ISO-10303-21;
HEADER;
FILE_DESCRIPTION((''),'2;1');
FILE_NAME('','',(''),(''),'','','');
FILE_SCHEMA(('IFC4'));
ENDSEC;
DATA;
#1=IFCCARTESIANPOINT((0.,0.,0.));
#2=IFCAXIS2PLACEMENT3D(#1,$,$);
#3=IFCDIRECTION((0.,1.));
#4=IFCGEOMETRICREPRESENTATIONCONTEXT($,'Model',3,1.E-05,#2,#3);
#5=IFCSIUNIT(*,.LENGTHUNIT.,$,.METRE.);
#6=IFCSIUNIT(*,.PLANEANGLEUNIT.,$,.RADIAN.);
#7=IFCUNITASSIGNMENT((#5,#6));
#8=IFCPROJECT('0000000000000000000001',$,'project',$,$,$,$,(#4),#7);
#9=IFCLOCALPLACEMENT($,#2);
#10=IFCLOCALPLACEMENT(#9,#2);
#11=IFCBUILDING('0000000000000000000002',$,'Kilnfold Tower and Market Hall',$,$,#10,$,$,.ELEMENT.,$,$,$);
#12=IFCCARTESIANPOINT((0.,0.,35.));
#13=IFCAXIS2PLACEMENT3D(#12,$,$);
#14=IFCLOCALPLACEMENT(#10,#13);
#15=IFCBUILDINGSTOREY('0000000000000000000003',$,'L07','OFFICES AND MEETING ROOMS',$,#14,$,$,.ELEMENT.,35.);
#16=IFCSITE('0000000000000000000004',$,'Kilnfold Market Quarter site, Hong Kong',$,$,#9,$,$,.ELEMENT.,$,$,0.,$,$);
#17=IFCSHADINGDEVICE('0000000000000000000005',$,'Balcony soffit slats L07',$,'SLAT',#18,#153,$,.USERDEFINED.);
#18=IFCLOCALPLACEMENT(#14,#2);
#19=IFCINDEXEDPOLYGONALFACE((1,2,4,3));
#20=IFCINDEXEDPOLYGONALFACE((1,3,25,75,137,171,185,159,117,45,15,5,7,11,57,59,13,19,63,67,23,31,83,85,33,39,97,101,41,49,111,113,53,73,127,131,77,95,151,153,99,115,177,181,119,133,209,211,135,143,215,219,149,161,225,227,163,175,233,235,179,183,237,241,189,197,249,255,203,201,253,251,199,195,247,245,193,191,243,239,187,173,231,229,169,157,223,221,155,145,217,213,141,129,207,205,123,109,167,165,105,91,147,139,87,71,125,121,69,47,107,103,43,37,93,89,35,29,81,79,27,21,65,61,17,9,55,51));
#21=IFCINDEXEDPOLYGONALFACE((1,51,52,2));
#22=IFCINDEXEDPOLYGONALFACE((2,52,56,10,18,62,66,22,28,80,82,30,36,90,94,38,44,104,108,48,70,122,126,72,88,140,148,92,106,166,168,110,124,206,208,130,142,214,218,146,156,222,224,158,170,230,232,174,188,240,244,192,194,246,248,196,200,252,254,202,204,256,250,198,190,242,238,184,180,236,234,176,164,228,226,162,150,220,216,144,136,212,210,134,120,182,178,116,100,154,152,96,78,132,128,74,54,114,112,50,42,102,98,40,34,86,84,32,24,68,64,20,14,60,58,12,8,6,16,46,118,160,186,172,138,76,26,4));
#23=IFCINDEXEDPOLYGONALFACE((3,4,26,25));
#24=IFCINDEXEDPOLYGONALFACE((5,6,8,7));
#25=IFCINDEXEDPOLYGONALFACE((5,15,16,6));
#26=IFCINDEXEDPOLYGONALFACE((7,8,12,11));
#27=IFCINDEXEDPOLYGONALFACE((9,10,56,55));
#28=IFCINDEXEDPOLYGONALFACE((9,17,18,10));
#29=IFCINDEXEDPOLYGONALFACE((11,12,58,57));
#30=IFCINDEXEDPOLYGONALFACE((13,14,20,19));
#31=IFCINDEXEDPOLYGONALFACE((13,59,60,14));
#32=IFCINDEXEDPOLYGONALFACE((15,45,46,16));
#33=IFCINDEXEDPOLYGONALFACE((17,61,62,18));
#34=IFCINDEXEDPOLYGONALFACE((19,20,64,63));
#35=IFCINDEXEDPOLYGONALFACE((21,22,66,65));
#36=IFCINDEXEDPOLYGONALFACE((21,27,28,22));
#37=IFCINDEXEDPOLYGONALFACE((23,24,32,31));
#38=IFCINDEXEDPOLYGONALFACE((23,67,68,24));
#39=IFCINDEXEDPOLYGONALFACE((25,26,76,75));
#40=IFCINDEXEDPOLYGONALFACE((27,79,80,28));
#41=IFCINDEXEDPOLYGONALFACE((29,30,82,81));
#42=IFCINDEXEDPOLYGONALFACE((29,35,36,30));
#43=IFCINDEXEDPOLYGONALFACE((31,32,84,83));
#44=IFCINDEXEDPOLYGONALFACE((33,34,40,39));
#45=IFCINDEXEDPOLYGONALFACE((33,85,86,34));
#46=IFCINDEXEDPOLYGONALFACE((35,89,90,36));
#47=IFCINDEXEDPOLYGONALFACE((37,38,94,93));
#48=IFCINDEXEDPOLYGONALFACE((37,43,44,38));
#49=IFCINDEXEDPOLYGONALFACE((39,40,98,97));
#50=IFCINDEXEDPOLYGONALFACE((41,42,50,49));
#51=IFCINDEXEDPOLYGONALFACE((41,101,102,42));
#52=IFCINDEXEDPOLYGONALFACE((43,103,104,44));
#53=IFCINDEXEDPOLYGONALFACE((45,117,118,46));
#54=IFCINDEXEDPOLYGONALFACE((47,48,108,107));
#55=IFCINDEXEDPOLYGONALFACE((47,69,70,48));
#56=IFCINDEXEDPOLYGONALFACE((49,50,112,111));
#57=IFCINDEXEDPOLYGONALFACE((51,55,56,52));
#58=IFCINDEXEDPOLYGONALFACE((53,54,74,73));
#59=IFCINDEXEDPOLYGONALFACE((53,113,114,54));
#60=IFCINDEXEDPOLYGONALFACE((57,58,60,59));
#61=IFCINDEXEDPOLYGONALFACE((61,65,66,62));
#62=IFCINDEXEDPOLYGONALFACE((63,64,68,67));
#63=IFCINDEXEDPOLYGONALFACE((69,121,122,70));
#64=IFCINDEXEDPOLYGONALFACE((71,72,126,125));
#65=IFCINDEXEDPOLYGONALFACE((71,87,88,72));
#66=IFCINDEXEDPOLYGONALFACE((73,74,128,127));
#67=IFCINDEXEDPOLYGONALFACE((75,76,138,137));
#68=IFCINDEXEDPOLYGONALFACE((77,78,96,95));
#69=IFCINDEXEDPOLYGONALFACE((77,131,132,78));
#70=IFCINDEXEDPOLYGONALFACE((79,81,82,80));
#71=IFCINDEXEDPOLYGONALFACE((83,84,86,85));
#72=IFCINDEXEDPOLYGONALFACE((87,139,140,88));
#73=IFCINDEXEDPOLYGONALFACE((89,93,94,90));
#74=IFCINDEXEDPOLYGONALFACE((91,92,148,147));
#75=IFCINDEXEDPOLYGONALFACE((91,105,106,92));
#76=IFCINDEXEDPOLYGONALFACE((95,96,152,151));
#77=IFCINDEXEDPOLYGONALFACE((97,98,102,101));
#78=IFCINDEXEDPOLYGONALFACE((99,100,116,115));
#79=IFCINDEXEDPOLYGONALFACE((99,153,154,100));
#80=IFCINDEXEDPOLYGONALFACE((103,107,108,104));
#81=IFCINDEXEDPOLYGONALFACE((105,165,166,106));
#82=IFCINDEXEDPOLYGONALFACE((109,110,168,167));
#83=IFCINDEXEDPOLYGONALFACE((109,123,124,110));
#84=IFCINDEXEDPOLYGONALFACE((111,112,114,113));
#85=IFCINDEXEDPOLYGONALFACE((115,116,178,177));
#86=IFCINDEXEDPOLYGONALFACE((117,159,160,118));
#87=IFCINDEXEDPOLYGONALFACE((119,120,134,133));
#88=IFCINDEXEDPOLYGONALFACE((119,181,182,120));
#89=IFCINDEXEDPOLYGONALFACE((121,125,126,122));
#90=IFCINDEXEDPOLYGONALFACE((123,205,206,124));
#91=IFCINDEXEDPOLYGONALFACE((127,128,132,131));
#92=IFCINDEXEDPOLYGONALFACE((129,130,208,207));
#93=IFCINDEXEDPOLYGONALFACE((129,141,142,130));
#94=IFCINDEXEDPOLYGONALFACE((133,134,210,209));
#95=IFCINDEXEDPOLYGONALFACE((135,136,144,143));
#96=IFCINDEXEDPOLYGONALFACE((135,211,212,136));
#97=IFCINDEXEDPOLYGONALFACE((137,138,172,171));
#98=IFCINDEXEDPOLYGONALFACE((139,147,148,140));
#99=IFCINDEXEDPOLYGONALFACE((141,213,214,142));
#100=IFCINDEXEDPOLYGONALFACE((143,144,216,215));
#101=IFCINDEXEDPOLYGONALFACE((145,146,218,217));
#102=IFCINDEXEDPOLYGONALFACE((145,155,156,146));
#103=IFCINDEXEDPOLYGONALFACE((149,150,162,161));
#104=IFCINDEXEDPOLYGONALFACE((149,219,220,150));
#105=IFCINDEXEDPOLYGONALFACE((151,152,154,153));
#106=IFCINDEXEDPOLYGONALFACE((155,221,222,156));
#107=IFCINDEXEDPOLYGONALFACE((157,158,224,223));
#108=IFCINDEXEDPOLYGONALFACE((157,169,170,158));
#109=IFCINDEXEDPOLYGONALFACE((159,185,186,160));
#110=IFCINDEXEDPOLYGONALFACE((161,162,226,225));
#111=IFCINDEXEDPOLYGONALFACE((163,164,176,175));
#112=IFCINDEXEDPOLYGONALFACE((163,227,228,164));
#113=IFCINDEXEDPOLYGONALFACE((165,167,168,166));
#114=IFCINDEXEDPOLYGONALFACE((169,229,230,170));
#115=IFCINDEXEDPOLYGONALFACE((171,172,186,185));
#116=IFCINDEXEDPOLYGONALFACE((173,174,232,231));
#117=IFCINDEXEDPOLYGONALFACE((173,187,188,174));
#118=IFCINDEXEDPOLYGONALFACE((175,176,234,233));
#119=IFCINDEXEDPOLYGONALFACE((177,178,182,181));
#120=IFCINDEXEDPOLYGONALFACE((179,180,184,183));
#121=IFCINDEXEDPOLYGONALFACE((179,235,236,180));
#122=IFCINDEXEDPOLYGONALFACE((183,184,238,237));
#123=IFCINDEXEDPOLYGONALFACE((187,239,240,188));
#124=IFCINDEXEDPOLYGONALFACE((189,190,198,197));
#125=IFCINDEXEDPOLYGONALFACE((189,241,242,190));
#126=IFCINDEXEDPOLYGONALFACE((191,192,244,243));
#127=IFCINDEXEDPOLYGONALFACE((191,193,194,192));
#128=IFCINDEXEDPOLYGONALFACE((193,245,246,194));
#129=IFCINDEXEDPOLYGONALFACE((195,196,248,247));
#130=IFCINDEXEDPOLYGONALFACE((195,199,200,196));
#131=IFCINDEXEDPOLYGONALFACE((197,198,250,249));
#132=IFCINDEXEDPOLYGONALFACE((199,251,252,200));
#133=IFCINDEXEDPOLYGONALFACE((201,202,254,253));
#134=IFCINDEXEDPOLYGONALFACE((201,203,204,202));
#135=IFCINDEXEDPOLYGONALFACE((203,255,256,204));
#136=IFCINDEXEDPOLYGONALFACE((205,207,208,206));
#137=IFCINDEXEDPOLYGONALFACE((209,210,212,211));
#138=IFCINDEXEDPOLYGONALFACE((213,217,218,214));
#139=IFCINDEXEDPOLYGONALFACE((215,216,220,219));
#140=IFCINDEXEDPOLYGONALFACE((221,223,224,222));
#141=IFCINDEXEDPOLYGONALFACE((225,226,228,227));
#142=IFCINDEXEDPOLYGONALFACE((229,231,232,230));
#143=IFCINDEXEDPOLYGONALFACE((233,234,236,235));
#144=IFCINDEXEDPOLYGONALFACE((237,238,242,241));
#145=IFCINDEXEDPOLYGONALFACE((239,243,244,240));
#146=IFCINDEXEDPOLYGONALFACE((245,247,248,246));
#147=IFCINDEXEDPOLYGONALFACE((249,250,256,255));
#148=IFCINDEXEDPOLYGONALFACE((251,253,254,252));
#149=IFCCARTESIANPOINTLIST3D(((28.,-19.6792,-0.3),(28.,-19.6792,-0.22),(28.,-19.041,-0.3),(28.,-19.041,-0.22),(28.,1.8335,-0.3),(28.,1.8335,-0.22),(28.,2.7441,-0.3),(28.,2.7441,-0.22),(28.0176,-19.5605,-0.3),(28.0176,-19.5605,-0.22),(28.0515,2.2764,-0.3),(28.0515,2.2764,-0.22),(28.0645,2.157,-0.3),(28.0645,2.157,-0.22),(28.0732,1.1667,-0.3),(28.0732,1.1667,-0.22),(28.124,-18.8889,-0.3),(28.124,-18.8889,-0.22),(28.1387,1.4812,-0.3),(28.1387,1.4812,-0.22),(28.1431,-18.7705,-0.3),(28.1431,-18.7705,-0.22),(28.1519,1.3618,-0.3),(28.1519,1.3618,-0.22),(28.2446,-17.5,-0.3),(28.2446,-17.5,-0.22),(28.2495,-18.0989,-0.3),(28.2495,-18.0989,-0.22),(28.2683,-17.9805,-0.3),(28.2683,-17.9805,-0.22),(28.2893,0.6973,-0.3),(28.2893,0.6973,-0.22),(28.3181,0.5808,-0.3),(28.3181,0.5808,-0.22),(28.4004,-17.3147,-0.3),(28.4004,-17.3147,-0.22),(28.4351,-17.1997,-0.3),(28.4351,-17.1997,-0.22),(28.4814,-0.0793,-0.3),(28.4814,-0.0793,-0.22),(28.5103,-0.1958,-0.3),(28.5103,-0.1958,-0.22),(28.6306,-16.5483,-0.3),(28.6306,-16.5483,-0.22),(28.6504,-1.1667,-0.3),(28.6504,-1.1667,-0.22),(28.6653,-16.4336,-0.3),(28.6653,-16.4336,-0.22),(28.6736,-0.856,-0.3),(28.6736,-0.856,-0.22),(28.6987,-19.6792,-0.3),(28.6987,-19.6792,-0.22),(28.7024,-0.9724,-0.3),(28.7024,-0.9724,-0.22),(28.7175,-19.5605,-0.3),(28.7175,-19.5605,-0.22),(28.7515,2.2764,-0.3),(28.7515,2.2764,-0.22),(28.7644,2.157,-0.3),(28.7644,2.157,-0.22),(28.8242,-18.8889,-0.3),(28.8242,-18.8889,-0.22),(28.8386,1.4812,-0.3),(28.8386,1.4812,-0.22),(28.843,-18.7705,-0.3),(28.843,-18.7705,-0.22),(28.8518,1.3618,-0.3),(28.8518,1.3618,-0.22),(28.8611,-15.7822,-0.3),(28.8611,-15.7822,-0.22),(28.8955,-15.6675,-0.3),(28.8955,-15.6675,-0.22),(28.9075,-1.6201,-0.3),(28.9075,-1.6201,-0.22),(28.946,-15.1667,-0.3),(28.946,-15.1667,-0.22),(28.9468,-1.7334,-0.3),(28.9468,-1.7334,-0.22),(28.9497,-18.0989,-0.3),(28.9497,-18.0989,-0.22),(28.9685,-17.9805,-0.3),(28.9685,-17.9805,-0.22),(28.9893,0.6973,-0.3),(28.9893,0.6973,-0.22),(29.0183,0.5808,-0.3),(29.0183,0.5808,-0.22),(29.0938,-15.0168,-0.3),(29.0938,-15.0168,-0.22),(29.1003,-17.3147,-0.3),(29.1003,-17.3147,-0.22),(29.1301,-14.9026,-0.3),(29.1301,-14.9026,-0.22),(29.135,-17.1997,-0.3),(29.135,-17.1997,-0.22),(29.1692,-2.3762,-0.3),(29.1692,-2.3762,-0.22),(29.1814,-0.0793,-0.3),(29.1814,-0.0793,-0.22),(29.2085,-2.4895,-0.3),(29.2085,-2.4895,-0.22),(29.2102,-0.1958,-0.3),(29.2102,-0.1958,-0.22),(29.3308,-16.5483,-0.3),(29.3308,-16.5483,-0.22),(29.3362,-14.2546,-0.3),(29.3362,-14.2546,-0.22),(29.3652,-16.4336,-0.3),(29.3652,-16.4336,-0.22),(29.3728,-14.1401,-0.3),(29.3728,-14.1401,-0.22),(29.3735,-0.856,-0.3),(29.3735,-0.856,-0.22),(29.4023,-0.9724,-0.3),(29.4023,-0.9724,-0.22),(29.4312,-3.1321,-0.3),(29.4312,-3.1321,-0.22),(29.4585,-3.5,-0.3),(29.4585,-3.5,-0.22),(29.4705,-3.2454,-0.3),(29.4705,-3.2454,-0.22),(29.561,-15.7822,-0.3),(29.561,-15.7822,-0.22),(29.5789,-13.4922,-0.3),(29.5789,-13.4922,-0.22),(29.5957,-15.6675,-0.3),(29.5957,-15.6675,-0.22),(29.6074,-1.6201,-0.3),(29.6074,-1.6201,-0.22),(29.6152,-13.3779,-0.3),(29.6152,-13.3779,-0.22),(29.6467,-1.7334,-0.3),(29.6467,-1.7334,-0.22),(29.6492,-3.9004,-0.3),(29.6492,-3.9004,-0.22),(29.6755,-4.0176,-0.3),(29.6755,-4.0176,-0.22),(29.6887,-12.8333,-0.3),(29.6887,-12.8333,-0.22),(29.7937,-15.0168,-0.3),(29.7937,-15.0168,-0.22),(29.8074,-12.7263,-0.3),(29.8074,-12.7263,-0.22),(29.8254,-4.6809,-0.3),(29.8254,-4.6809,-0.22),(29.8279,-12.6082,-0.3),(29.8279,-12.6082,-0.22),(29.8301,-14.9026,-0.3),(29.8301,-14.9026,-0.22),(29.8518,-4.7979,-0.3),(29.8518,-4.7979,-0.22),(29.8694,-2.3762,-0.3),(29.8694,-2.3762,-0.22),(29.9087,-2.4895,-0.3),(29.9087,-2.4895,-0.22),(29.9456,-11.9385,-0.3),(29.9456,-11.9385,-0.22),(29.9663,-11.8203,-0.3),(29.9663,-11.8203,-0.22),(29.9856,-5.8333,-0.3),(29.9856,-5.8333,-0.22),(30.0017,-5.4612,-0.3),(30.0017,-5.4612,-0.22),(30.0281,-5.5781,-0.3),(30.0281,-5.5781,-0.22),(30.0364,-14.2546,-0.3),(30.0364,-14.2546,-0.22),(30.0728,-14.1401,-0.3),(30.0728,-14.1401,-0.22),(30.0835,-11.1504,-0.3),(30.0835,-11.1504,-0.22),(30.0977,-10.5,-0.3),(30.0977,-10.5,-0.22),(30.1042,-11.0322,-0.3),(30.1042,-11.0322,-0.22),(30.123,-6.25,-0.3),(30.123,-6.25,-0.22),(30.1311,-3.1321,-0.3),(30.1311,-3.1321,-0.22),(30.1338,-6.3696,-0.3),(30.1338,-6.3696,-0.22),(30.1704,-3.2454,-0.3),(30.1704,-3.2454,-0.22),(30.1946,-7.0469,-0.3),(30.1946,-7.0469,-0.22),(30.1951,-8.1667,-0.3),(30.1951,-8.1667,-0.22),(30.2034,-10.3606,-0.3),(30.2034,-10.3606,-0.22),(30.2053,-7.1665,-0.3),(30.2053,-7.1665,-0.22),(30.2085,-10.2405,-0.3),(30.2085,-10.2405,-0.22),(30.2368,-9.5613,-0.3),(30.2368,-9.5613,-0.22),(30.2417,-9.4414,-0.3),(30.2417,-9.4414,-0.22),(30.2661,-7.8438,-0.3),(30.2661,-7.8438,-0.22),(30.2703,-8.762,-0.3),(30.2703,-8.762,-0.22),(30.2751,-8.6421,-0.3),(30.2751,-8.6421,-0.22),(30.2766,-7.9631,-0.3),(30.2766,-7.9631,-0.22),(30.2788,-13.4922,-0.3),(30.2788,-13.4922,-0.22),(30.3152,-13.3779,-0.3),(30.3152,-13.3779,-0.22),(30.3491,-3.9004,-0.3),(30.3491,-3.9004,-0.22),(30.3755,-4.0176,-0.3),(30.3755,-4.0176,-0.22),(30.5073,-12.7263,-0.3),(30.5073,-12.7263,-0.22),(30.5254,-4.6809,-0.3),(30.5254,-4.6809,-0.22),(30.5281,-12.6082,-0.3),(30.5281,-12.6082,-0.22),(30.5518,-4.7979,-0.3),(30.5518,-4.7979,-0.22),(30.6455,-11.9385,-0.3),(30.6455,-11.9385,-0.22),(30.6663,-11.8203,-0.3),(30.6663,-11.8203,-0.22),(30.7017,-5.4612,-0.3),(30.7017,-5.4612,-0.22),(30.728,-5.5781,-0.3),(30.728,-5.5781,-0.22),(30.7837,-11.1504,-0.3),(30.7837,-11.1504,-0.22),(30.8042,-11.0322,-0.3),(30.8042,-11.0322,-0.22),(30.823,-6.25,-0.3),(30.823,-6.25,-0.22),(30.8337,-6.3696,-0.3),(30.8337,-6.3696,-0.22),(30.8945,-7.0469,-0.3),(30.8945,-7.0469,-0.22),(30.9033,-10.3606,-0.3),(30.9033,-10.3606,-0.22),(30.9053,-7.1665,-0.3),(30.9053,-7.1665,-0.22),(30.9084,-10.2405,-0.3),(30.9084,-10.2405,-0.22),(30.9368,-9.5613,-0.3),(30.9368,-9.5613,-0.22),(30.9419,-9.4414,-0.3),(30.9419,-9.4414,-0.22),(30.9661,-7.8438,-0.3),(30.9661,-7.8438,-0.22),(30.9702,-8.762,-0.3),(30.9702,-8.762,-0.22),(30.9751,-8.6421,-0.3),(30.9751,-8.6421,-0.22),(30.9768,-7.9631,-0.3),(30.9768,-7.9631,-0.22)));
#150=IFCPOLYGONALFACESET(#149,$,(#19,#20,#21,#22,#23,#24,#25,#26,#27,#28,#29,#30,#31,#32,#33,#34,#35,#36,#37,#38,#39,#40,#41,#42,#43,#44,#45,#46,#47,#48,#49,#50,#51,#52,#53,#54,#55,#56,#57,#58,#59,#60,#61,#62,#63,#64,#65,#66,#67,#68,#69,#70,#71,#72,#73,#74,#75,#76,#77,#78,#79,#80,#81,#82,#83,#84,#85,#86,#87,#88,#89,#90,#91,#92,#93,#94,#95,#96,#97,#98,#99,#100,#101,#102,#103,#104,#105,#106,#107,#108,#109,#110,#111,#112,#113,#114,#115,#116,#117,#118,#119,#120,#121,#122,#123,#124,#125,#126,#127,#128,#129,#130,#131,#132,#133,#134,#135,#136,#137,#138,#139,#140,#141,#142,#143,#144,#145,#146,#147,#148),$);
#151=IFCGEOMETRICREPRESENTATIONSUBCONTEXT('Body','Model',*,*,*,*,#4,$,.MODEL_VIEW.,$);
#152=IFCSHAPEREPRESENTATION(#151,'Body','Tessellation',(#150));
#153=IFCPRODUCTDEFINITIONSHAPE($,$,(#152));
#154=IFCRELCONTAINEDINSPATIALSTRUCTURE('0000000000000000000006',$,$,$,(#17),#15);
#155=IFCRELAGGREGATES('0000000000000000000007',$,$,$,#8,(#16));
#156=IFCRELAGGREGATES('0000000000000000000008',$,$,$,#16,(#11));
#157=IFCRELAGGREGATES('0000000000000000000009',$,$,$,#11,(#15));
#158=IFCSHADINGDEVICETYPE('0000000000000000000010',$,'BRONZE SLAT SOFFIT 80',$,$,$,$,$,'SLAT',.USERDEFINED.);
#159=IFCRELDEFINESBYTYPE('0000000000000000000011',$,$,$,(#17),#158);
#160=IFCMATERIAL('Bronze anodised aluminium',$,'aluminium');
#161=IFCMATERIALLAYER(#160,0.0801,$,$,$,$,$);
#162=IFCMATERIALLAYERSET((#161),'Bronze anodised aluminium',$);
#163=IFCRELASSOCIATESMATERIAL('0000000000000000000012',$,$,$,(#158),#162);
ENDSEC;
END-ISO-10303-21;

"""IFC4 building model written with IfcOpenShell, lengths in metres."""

from ifc_helpers import new_model, si_unit, direction, frame, origin, place, context, subcontext, project, spatial, polyline, outline, extrude, source, transform, mapped, material, layer, layer_set, type_object, element, save


model = new_model("IFC4")

# Units and contexts
model_context = context("Model", 3, precision=1e-05, world=origin(), true_north=direction((0.0, 1.0)))
body_context = subcontext(model_context, "Body", "Model", "MODEL_VIEW")
ifc_project = project(units=[si_unit("LENGTHUNIT", "METRE"), si_unit("PLANEANGLEUNIT", "RADIAN")], contexts=[model_context])

# Site, building, storey
site_placement = place(None, origin())
site = spatial("IfcSite", under=ifc_project, at=site_placement, Name="Kilnfold Market Quarter site, Hong Kong", CompositionType="ELEMENT", RefElevation=0.0)
building_placement = place(site_placement, origin())
building = spatial("IfcBuilding", under=site, at=building_placement, Name="Kilnfold Tower and Market Hall", CompositionType="ELEMENT")
storey_placement = place(building_placement, frame((0.0, 0.0, 35.0)))
storey = spatial("IfcBuildingStorey", under=building, at=storey_placement, Name="L07", Description="OFFICES AND MEETING ROOMS", CompositionType="ELEMENT", Elevation=35.0)

# Shading device
ifc_material_1 = material(Name="Bronze anodised aluminium", Category="aluminium")
ifc_layer_1 = layer(ifc_material_1, 0.0801)
ifc_layer_set_1 = layer_set([ifc_layer_1], Name="Bronze anodised aluminium")
shading_device_type_1 = type_object("IfcShadingDeviceType", Name="BRONZE SLAT SOFFIT 80", ElementType="SLAT", PredefinedType="USERDEFINED", material=ifc_layer_set_1)
shared_shape_1 = source(origin(), body_context, "Body", "SweptSolid", [
    extrude(outline(polyline([(28.2446, -17.5), (28.946, -15.1667), (29.6887, -12.8333), (30.0977, -10.5), (30.1951, -8.1667), (29.9856, -5.8333), (29.4585, -3.5), (28.6504, -1.1667), (28.0732, 1.1667), (28.0, 1.8335), (28.0, 2.7441), (28.0515, 2.2764), (28.7515, 2.2764), (28.7644, 2.157), (28.0645, 2.157), (28.1387, 1.4812), (28.8386, 1.4812), (28.8518, 1.3618), (28.1519, 1.3618), (28.2893, 0.6973), (28.9893, 0.6973), (29.0183, 0.5808), (28.3181, 0.5808), (28.4814, -0.0793), (29.1814, -0.0793), (29.2102, -0.1958), (28.5103, -0.1958), (28.6736, -0.856), (29.3735, -0.856), (29.4023, -0.9724), (28.7024, -0.9724), (28.9075, -1.6201), (29.6074, -1.6201), (29.6467, -1.7334), (28.9468, -1.7334), (29.1692, -2.3762), (29.8694, -2.3762), (29.9087, -2.4895), (29.2085, -2.4895), (29.4312, -3.1321), (30.1311, -3.1321), (30.1704, -3.2454), (29.4705, -3.2454), (29.6492, -3.9004), (30.3491, -3.9004), (30.3755, -4.0176), (29.6755, -4.0176), (29.8254, -4.6809), (30.5254, -4.6809), (30.5518, -4.7979), (29.8518, -4.7979), (30.0017, -5.4612), (30.7017, -5.4612), (30.728, -5.5781), (30.0281, -5.5781), (30.123, -6.25), (30.823, -6.25), (30.8337, -6.3696), (30.1338, -6.3696), (30.1946, -7.0469), (30.8945, -7.0469), (30.9053, -7.1665), (30.2053, -7.1665), (30.2661, -7.8438), (30.9661, -7.8438), (30.9768, -7.9631), (30.2766, -7.9631), (30.2751, -8.6421), (30.9751, -8.6421), (30.9702, -8.762), (30.2703, -8.762), (30.2417, -9.4414), (30.9419, -9.4414), (30.9368, -9.5613), (30.2368, -9.5613), (30.2085, -10.2405), (30.9084, -10.2405), (30.9033, -10.3606), (30.2034, -10.3606), (30.1042, -11.0322), (30.8042, -11.0322), (30.7837, -11.1504), (30.0835, -11.1504), (29.9663, -11.8203), (30.6663, -11.8203), (30.6455, -11.9385), (29.9456, -11.9385), (29.8279, -12.6082), (30.5281, -12.6082), (30.5073, -12.7263), (29.8074, -12.7263), (29.6152, -13.3779), (30.3152, -13.3779), (30.2788, -13.4922), (29.5789, -13.4922), (29.3728, -14.1401), (30.0728, -14.1401), (30.0364, -14.2546), (29.3362, -14.2546), (29.1301, -14.9026), (29.8301, -14.9026), (29.7937, -15.0168), (29.0938, -15.0168), (28.8955, -15.6675), (29.5957, -15.6675), (29.561, -15.7822), (28.8611, -15.7822), (28.6653, -16.4336), (29.3652, -16.4336), (29.3308, -16.5483), (28.6306, -16.5483), (28.4351, -17.1997), (29.135, -17.1997), (29.1003, -17.3147), (28.4004, -17.3147), (28.2683, -17.9805), (28.9685, -17.9805), (28.9497, -18.0989), (28.2495, -18.0989), (28.1431, -18.7705), (28.843, -18.7705), (28.8242, -18.8889), (28.124, -18.8889), (28.0176, -19.5605), (28.7175, -19.5605), (28.6987, -19.6792), (28.0, -19.6792), (28.0, -19.041), (28.2446, -17.5)])), origin(), (0.0, 0.0, 1.0), 0.0801),
])
shading_device_1_placement = place(storey_placement, frame((0.0, 0.0, -0.3)))
element("IfcShadingDevice", 1, at=shading_device_1_placement, inside=storey, type_object=shading_device_type_1, Name="Balcony soffit slats L07", ObjectType="SLAT", PredefinedType="USERDEFINED", context=body_context, shape_type="MappedRepresentation", body=[
    mapped(shared_shape_1, transform((0.0, 0.0, 0.0))),
])

save(model, "model.ifc")
